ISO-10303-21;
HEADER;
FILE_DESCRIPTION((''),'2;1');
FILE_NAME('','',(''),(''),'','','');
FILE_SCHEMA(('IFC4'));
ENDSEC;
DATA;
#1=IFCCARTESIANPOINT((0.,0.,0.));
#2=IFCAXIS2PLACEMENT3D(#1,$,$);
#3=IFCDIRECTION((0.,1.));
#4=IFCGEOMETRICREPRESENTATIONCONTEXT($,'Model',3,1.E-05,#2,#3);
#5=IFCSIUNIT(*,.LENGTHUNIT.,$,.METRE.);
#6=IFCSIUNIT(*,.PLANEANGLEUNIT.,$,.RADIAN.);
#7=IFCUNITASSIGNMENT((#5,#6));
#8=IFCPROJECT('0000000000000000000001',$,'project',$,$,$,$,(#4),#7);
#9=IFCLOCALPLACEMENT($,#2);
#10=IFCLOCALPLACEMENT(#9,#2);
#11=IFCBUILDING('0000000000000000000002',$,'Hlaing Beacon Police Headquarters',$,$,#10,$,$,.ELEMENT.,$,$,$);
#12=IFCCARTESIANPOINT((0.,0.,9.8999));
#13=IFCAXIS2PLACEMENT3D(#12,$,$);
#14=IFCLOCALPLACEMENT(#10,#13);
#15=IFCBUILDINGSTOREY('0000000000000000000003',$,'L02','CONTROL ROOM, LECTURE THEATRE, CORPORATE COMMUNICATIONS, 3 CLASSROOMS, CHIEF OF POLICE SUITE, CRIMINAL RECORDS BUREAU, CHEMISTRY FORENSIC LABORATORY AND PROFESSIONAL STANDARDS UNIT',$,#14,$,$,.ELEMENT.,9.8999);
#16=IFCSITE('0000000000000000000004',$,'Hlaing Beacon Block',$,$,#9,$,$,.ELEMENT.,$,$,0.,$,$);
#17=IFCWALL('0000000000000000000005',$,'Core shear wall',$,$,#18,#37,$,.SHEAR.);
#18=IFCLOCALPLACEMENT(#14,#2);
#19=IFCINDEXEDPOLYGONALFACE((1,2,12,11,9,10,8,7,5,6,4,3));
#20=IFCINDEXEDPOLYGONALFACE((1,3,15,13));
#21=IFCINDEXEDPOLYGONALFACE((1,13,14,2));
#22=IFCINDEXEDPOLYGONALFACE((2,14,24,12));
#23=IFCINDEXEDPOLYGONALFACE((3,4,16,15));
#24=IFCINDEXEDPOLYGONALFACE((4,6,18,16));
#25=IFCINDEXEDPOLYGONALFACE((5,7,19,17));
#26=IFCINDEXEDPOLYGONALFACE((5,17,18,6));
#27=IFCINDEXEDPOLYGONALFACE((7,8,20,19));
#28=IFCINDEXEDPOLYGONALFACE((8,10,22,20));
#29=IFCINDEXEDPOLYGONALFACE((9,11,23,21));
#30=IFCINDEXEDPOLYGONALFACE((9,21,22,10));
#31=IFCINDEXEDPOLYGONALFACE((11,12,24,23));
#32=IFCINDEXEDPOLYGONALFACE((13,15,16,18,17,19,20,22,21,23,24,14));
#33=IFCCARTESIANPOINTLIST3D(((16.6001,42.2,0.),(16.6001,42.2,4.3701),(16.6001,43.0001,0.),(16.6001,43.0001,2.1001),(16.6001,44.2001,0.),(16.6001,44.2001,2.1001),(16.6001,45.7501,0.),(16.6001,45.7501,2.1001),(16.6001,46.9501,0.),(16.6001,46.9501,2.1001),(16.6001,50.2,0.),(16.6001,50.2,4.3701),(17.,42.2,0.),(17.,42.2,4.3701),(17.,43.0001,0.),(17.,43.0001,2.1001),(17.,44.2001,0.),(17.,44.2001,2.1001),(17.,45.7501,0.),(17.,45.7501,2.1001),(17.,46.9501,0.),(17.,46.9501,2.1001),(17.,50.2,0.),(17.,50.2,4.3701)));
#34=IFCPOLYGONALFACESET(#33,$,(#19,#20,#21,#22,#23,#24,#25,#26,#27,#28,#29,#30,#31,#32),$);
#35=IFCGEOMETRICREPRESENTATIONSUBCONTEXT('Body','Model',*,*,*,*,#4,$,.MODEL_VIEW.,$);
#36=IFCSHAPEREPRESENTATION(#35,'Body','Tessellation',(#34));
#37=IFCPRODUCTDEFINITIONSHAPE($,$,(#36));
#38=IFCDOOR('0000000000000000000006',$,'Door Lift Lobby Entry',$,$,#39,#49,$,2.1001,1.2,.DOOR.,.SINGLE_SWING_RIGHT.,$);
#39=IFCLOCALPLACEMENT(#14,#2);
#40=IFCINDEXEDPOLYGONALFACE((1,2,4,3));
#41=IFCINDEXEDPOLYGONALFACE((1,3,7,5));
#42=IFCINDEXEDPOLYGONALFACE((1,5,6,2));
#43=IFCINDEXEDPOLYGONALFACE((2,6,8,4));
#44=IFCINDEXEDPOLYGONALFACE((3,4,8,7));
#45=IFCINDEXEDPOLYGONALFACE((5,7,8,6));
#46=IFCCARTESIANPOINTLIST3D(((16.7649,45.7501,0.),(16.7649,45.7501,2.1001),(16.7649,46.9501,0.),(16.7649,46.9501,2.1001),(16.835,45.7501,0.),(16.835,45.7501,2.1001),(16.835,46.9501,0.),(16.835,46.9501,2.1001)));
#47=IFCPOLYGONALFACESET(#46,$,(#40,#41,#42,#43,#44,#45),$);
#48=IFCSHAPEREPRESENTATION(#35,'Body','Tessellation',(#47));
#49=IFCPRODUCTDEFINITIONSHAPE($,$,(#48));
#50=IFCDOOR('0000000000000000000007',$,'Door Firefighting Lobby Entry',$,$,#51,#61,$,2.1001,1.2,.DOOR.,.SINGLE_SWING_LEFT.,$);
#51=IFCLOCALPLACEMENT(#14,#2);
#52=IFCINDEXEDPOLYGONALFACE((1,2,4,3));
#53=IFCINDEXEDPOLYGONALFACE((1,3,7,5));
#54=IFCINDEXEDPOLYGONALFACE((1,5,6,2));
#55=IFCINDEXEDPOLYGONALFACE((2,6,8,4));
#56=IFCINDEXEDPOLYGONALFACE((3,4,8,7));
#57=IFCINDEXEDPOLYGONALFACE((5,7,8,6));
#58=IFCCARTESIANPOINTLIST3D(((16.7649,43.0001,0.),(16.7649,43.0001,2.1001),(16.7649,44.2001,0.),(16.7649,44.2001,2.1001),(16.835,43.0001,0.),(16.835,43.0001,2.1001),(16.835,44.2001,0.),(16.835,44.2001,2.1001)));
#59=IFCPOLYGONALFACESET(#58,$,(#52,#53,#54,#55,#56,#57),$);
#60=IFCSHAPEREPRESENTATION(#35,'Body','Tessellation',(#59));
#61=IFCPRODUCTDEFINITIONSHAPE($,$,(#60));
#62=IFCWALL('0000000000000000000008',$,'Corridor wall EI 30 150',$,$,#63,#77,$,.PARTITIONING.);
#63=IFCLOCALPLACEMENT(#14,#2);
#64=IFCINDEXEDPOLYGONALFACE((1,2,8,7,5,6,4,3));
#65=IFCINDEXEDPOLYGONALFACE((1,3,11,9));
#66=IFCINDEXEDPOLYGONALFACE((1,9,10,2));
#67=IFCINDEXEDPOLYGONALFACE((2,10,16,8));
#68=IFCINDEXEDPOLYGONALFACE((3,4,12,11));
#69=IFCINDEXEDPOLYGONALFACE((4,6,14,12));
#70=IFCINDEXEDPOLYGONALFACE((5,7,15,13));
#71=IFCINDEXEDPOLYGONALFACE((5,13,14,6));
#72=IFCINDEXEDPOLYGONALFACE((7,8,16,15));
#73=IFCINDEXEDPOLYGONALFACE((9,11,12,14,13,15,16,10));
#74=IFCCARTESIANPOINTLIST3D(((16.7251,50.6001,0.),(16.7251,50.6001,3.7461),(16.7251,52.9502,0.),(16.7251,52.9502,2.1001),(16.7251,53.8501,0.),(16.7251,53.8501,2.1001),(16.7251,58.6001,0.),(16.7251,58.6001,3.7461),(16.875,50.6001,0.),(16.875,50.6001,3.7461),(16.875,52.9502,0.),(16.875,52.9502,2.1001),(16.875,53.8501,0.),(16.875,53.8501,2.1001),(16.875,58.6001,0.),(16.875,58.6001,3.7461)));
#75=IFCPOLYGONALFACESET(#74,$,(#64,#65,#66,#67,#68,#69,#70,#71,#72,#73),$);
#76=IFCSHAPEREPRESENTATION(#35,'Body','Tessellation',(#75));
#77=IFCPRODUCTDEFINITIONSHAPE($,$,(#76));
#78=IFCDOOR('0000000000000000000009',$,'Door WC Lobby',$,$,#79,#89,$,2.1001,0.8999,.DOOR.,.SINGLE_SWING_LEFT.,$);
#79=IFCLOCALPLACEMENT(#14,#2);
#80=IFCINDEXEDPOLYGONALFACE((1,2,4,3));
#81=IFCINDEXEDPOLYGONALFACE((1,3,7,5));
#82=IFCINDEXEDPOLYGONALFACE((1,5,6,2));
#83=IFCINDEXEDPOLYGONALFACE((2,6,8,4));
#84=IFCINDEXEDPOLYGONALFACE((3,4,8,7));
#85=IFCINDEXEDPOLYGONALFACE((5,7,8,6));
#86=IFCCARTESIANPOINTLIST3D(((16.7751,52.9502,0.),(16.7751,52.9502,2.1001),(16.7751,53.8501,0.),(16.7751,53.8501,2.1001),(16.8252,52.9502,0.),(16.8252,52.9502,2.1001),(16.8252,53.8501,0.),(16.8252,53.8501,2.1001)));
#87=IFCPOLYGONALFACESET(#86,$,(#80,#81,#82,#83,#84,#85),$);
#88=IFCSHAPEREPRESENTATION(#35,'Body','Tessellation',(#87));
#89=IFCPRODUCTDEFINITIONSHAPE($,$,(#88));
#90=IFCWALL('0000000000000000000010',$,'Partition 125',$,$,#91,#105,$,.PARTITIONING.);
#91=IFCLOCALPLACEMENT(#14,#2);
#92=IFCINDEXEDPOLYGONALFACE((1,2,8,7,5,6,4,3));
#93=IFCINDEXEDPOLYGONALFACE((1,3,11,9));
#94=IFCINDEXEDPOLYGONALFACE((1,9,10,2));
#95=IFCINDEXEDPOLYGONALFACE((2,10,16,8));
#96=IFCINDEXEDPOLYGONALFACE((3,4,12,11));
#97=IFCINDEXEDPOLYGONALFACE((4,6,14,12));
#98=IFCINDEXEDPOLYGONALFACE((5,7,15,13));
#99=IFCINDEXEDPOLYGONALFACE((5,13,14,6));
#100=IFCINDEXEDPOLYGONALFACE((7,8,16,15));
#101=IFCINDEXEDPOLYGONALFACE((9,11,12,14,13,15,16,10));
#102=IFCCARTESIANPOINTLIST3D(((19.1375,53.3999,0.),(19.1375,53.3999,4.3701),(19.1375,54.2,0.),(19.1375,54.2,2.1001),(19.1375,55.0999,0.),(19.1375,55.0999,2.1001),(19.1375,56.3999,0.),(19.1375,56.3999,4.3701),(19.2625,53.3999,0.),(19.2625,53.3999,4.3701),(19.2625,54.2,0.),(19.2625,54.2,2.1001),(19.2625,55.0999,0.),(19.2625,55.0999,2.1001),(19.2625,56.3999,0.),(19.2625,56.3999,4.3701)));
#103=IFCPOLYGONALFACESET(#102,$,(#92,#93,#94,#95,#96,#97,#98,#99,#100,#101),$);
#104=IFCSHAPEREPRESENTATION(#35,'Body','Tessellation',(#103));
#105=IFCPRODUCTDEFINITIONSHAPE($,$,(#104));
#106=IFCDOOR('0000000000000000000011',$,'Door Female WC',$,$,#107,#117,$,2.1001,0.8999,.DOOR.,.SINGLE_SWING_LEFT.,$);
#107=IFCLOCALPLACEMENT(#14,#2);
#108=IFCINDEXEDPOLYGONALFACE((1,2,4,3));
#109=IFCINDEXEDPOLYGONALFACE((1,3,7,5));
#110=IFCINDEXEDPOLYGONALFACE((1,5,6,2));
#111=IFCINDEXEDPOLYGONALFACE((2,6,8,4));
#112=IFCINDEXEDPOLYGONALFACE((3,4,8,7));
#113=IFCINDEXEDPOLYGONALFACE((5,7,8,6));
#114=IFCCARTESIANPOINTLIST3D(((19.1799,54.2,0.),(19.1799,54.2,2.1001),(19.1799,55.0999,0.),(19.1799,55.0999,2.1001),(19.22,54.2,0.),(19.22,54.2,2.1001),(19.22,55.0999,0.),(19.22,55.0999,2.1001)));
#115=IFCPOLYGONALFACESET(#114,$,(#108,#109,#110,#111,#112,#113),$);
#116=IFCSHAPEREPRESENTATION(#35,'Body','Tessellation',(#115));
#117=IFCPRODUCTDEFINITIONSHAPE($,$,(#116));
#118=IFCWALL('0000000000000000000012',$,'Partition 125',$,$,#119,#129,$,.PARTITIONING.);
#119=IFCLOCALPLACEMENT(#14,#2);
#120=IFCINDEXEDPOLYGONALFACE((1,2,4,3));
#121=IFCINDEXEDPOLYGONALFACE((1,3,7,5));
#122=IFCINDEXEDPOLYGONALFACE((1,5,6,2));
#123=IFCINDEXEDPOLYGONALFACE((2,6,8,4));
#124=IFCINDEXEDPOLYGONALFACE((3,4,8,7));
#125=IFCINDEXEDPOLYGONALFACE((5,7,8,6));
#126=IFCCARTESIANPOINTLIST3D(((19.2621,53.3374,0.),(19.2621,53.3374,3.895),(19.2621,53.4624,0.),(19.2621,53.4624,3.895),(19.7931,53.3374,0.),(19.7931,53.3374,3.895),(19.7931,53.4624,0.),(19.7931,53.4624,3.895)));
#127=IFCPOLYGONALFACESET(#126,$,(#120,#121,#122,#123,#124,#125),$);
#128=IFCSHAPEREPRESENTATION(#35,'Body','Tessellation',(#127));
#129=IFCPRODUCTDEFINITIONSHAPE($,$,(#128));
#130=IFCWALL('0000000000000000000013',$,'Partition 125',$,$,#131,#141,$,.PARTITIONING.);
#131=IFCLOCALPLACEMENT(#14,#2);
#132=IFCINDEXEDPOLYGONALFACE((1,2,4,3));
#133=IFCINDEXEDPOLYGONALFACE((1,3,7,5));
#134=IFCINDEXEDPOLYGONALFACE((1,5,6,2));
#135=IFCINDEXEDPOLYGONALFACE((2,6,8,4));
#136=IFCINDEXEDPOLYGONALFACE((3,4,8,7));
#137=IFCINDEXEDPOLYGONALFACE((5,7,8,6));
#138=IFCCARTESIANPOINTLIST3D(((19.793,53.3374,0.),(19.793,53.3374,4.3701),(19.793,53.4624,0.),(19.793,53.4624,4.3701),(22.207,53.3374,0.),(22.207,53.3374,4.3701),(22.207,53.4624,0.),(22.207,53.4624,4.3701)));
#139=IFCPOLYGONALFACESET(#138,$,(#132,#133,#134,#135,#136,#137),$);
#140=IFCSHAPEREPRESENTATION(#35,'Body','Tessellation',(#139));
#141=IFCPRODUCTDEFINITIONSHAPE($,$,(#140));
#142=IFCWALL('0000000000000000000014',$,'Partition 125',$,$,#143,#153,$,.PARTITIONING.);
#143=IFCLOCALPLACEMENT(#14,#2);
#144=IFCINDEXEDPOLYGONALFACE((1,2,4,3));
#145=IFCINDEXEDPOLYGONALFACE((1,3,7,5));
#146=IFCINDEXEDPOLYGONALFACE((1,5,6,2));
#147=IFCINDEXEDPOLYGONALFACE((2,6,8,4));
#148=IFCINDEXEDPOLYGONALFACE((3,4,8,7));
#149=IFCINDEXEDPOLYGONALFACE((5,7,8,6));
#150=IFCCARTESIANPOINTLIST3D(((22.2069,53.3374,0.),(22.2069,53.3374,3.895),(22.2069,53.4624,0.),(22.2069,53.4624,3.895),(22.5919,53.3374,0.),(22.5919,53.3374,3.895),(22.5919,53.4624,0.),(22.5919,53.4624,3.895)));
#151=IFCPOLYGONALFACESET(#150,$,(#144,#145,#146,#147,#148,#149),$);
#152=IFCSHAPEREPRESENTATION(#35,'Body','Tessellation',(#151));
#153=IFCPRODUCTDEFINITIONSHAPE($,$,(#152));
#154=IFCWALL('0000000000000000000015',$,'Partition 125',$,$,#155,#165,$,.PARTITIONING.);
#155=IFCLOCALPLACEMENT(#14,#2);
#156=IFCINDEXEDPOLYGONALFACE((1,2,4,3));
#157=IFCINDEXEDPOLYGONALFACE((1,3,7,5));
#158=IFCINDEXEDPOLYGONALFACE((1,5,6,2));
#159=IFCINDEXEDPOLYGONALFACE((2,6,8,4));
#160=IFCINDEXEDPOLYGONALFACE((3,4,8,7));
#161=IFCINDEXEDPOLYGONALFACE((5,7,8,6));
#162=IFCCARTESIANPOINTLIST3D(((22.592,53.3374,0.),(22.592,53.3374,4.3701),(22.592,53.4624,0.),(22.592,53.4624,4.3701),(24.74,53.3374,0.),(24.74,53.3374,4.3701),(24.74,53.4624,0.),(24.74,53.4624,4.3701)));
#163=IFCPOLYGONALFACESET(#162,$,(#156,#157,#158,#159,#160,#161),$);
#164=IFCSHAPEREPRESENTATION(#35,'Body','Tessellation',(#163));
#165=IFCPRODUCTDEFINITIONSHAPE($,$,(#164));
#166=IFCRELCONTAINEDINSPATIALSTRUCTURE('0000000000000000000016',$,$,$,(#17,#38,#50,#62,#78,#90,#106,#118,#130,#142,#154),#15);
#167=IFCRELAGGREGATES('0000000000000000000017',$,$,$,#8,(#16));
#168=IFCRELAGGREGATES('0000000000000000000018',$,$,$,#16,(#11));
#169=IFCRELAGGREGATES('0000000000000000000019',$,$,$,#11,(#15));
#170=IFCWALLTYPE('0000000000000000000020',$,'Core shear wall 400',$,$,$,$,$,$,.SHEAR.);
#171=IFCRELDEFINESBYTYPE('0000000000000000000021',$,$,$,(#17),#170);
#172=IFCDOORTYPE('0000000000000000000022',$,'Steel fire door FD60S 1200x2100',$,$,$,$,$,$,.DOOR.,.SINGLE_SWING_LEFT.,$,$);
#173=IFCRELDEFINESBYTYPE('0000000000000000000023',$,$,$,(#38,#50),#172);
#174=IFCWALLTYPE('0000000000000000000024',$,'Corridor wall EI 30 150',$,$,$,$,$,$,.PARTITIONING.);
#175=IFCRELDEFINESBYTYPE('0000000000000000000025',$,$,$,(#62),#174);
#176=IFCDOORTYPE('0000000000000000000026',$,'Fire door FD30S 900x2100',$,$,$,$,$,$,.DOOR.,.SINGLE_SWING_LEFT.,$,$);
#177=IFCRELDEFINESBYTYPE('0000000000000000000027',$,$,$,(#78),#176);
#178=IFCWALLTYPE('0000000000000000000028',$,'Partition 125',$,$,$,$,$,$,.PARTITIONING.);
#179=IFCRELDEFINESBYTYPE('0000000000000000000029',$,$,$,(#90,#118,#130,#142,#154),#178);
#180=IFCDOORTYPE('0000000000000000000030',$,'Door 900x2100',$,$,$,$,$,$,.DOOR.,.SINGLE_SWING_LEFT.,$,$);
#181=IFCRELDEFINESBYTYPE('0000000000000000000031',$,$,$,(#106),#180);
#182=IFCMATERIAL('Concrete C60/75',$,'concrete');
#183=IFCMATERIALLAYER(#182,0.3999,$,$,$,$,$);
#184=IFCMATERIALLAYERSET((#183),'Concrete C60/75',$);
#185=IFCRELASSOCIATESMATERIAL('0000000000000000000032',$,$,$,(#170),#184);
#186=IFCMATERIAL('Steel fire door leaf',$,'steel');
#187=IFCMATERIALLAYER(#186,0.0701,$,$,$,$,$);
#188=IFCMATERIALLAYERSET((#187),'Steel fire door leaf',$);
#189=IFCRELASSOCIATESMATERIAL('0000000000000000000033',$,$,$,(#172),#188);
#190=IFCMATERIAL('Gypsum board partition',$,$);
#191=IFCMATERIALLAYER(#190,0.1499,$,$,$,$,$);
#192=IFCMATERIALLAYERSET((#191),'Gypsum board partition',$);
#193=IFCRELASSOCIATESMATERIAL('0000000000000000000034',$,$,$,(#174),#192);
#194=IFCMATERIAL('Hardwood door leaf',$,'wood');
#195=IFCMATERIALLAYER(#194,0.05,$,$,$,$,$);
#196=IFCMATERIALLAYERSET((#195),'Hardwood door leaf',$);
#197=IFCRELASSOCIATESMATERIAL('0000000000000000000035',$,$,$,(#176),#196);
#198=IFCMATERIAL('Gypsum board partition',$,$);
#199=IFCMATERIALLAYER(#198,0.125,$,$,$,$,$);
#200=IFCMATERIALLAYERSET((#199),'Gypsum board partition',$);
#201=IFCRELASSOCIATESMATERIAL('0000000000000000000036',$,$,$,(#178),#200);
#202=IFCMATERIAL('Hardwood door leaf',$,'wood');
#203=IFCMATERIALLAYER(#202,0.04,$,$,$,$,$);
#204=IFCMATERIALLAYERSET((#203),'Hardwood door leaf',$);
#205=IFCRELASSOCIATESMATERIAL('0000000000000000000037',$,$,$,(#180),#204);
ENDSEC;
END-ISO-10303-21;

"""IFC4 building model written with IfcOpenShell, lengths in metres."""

from ifc_helpers import new_model, si_unit, direction, frame, frame_2d, origin, place, context, subcontext, project, spatial, rectangle, extrude, material, layer, layer_set, type_object, element, fill, save


model = new_model("IFC4")

# Units and contexts
model_context = context("Model", 3, precision=1e-05, world=origin(), true_north=direction((0.0, 1.0)))
body_context = subcontext(model_context, "Body", "Model", "MODEL_VIEW")
ifc_project = project(units=[si_unit("LENGTHUNIT", "METRE"), si_unit("PLANEANGLEUNIT", "RADIAN")], contexts=[model_context])

# Site, building, storey
site_placement = place(None, origin())
site = spatial("IfcSite", under=ifc_project, at=site_placement, Name="Hlaing Beacon Block", CompositionType="ELEMENT", RefElevation=0.0)
building_placement = place(site_placement, origin())
building = spatial("IfcBuilding", under=site, at=building_placement, Name="Hlaing Beacon Police Headquarters", CompositionType="ELEMENT")
storey_placement = place(building_placement, frame((0.0, 0.0, 9.8999)))
storey = spatial("IfcBuildingStorey", under=building, at=storey_placement, Name="L02", Description="CONTROL ROOM, LECTURE THEATRE, CORPORATE COMMUNICATIONS, 3 CLASSROOMS, CHIEF OF POLICE SUITE, CRIMINAL RECORDS BUREAU, CHEMISTRY FORENSIC LABORATORY AND PROFESSIONAL STANDARDS UNIT", CompositionType="ELEMENT", Elevation=9.8999)

# Shared definitions
ifc_material_1 = material(Name="Concrete C60/75", Category="concrete")
ifc_layer_1 = layer(ifc_material_1, 0.3999)
ifc_layer_set_1 = layer_set([ifc_layer_1], Name="Concrete C60/75")
wall_type_1 = type_object("IfcWallType", Name="Core shear wall 400", PredefinedType="SHEAR", material=ifc_layer_set_1)

# Wall, openings, doors
wall_1_placement = place(storey_placement, frame((16.8, 42.2, 0.0), z_axis=(0.0, 0.0, 1.0), x_axis=(0.0, 1.0, 0.0)))
wall_1 = element("IfcWall", 1, at=wall_1_placement, inside=storey, type_object=wall_type_1, Name="Core shear wall", PredefinedType="SHEAR", context=body_context, shape_type="SweptSolid", body=[
    extrude(rectangle(XDim=8.0, YDim=0.3999, at=frame_2d((4.0, 0.0))), origin(), (0.0, 0.0, 1.0), 4.3701),
])
opening_1_placement = place(wall_1_placement, frame((3.55, 0.0, 0.0)))
opening_1 = element("IfcOpeningElement", 2, at=opening_1_placement, cuts=wall_1, PredefinedType="OPENING", context=body_context, shape_type="SweptSolid", body=[
    extrude(rectangle(XDim=1.2, YDim=2.1001, at=frame_2d((0.6001, 1.05))), frame((0.0, 0.21, 0.0), z_axis=(0.0, -1.0, 0.0), x_axis=(1.0, 0.0, 0.0)), (0.0, 0.0, 1.0), 0.4199),
])
opening_2_placement = place(wall_1_placement, frame((0.8, 0.0, 0.0)))
opening_2 = element("IfcOpeningElement", 3, at=opening_2_placement, cuts=wall_1, PredefinedType="OPENING", context=body_context, shape_type="SweptSolid", body=[
    extrude(rectangle(XDim=1.2, YDim=2.1001, at=frame_2d((0.6001, 1.05))), frame((0.0, 0.21, 0.0), z_axis=(0.0, -1.0, 0.0), x_axis=(1.0, 0.0, 0.0)), (0.0, 0.0, 1.0), 0.4199),
])
ifc_material_2 = material(Name="Steel fire door leaf", Category="steel")
ifc_layer_2 = layer(ifc_material_2, 0.0701)
ifc_layer_set_2 = layer_set([ifc_layer_2], Name="Steel fire door leaf")
door_type_1 = type_object("IfcDoorType", Name="Steel fire door FD60S 1200x2100", OperationType="SINGLE_SWING_LEFT", PredefinedType="DOOR", material=ifc_layer_set_2)
door_1_placement = place(opening_1_placement, frame((1.2, 0.0, 0.0), z_axis=(0.0, 0.0, 1.0), x_axis=(-1.0, 0.0, 0.0)))
door_1 = element("IfcDoor", 4, at=door_1_placement, inside=storey, type_object=door_type_1, Name="Door Lift Lobby Entry", OperationType="SINGLE_SWING_RIGHT", OverallHeight=2.1001, OverallWidth=1.2, PredefinedType="DOOR", context=body_context, shape_type="SweptSolid", body=[
    extrude(rectangle(XDim=1.2, YDim=2.1001, at=frame_2d((0.5999, 1.05))), frame((0.0, 0.0349, 0.0), z_axis=(0.0, -1.0, 0.0), x_axis=(1.0, 0.0, 0.0)), (0.0, 0.0, 1.0), 0.0701),
])
fill(opening_1, door_1)
door_2_placement = place(opening_2_placement, frame((1.2, 0.0, 0.0), z_axis=(0.0, 0.0, 1.0), x_axis=(-1.0, 0.0, 0.0)))
door_2 = element("IfcDoor", 5, at=door_2_placement, inside=storey, type_object=door_type_1, Name="Door Firefighting Lobby Entry", OperationType="SINGLE_SWING_LEFT", OverallHeight=2.1001, OverallWidth=1.2, PredefinedType="DOOR", context=body_context, shape_type="SweptSolid", body=[
    extrude(rectangle(XDim=1.2, YDim=2.1001, at=frame_2d((0.5999, 1.05))), frame((0.0, 0.0349, 0.0), z_axis=(0.0, -1.0, 0.0), x_axis=(1.0, 0.0, 0.0)), (0.0, 0.0, 1.0), 0.0701),
])
fill(opening_2, door_2)

# Walls, openings, doors
ifc_material_3 = material(Name="Gypsum board partition")
ifc_layer_3 = layer(ifc_material_3, 0.1499)
ifc_layer_set_3 = layer_set([ifc_layer_3], Name="Gypsum board partition")
wall_type_2 = type_object("IfcWallType", Name="Corridor wall EI 30 150", PredefinedType="PARTITIONING", material=ifc_layer_set_3)
wall_2_placement = place(storey_placement, frame((16.8, 50.6001, 0.0), z_axis=(0.0, 0.0, 1.0), x_axis=(0.0, 1.0, 0.0)))
wall_2 = element("IfcWall", 6, at=wall_2_placement, inside=storey, type_object=wall_type_2, Name="Corridor wall EI 30 150", PredefinedType="PARTITIONING", context=body_context, shape_type="SweptSolid", body=[
    extrude(rectangle(XDim=8.0, YDim=0.1499, at=frame_2d((4.0, 0.0))), origin(), (0.0, 0.0, 1.0), 3.7461),
])
opening_3_placement = place(wall_2_placement, frame((2.3501, 0.0, 0.0)))
opening_3 = element("IfcOpeningElement", 7, at=opening_3_placement, cuts=wall_2, PredefinedType="OPENING", context=body_context, shape_type="SweptSolid", body=[
    extrude(rectangle(XDim=0.8999, YDim=2.1001, at=frame_2d((0.45, 1.05))), frame((0.0, 0.085, 0.0), z_axis=(0.0, -1.0, 0.0), x_axis=(1.0, 0.0, 0.0)), (0.0, 0.0, 1.0), 0.1699),
])
ifc_material_4 = material(Name="Hardwood door leaf", Category="wood")
ifc_layer_4 = layer(ifc_material_4, 0.05)
ifc_layer_set_4 = layer_set([ifc_layer_4], Name="Hardwood door leaf")
door_type_2 = type_object("IfcDoorType", Name="Fire door FD30S 900x2100", OperationType="SINGLE_SWING_LEFT", PredefinedType="DOOR", material=ifc_layer_set_4)
door_3_placement = place(opening_3_placement, frame((0.8999, 0.0, 0.0), z_axis=(0.0, 0.0, 1.0), x_axis=(-1.0, 0.0, 0.0)))
door_3 = element("IfcDoor", 8, at=door_3_placement, inside=storey, type_object=door_type_2, Name="Door WC Lobby", OperationType="SINGLE_SWING_LEFT", OverallHeight=2.1001, OverallWidth=0.8999, PredefinedType="DOOR", context=body_context, shape_type="SweptSolid", body=[
    extrude(rectangle(XDim=0.8999, YDim=2.1001, at=frame_2d((0.45, 1.05))), frame((0.0, 0.0251, 0.0), z_axis=(0.0, -1.0, 0.0), x_axis=(1.0, 0.0, 0.0)), (0.0, 0.0, 1.0), 0.05),
])
fill(opening_3, door_3)
ifc_material_5 = material(Name="Gypsum board partition")
ifc_layer_5 = layer(ifc_material_5, 0.125)
ifc_layer_set_5 = layer_set([ifc_layer_5], Name="Gypsum board partition")
wall_type_3 = type_object("IfcWallType", Name="Partition 125", PredefinedType="PARTITIONING", material=ifc_layer_set_5)
wall_3_placement = place(storey_placement, frame((19.2, 53.3999, 0.0), z_axis=(0.0, 0.0, 1.0), x_axis=(0.0, 1.0, 0.0)))
wall_3 = element("IfcWall", 9, at=wall_3_placement, inside=storey, type_object=wall_type_3, Name="Partition 125", PredefinedType="PARTITIONING", context=body_context, shape_type="SweptSolid", body=[
    extrude(rectangle(XDim=3.0, YDim=0.125, at=frame_2d((1.5, 0.0))), origin(), (0.0, 0.0, 1.0), 4.3701),
])
opening_4_placement = place(wall_3_placement, frame((0.8, 0.0, 0.0)))
opening_4 = element("IfcOpeningElement", 10, at=opening_4_placement, cuts=wall_3, PredefinedType="OPENING", context=body_context, shape_type="SweptSolid", body=[
    extrude(rectangle(XDim=0.8999, YDim=2.1001, at=frame_2d((0.45, 1.05))), frame((0.0, 0.0725, 0.0), z_axis=(0.0, -1.0, 0.0), x_axis=(1.0, 0.0, 0.0)), (0.0, 0.0, 1.0), 0.145),
])
ifc_material_6 = material(Name="Hardwood door leaf", Category="wood")
ifc_layer_6 = layer(ifc_material_6, 0.04)
ifc_layer_set_6 = layer_set([ifc_layer_6], Name="Hardwood door leaf")
door_type_3 = type_object("IfcDoorType", Name="Door 900x2100", OperationType="SINGLE_SWING_LEFT", PredefinedType="DOOR", material=ifc_layer_set_6)
door_4_placement = place(opening_4_placement, frame((0.8999, 0.0, 0.0), z_axis=(0.0, 0.0, 1.0), x_axis=(-1.0, 0.0, 0.0)))
door_4 = element("IfcDoor", 11, at=door_4_placement, inside=storey, type_object=door_type_3, Name="Door Female WC", OperationType="SINGLE_SWING_LEFT", OverallHeight=2.1001, OverallWidth=0.8999, PredefinedType="DOOR", context=body_context, shape_type="SweptSolid", body=[
    extrude(rectangle(XDim=0.8999, YDim=2.1001, at=frame_2d((0.45, 1.05))), frame((0.0, 0.02, 0.0), z_axis=(0.0, -1.0, 0.0), x_axis=(1.0, 0.0, 0.0)), (0.0, 0.0, 1.0), 0.04),
])
fill(opening_4, door_4)

# Walls
wall_4_placement = place(storey_placement, frame((19.262, 53.3999, 0.0), z_axis=(0.0, 0.0, 1.0), x_axis=(1.0, 0.0, 0.0)))
element("IfcWall", 12, at=wall_4_placement, inside=storey, type_object=wall_type_3, Name="Partition 125", PredefinedType="PARTITIONING", context=body_context, shape_type="SweptSolid", body=[
    extrude(rectangle(XDim=0.531, YDim=0.125, at=frame_2d((0.2656, 0.0))), origin(), (0.0, 0.0, 1.0), 3.895),
])
wall_5_placement = place(storey_placement, frame((19.793, 53.3999, 0.0), z_axis=(0.0, 0.0, 1.0), x_axis=(1.0, 0.0, 0.0)))
element("IfcWall", 13, at=wall_5_placement, inside=storey, type_object=wall_type_3, Name="Partition 125", PredefinedType="PARTITIONING", context=body_context, shape_type="SweptSolid", body=[
    extrude(rectangle(XDim=2.4141, YDim=0.125, at=frame_2d((1.207, 0.0))), origin(), (0.0, 0.0, 1.0), 4.3701),
])
wall_6_placement = place(storey_placement, frame((22.207, 53.3999, 0.0), z_axis=(0.0, 0.0, 1.0), x_axis=(1.0, 0.0, 0.0)))
element("IfcWall", 14, at=wall_6_placement, inside=storey, type_object=wall_type_3, Name="Partition 125", PredefinedType="PARTITIONING", context=body_context, shape_type="SweptSolid", body=[
    extrude(rectangle(XDim=0.385, YDim=0.125, at=frame_2d((0.1924, 0.0))), origin(), (0.0, 0.0, 1.0), 3.895),
])
wall_7_placement = place(storey_placement, frame((22.592, 53.3999, 0.0), z_axis=(0.0, 0.0, 1.0), x_axis=(1.0, 0.0, 0.0)))
element("IfcWall", 15, at=wall_7_placement, inside=storey, type_object=wall_type_3, Name="Partition 125", PredefinedType="PARTITIONING", context=body_context, shape_type="SweptSolid", body=[
    extrude(rectangle(XDim=2.1479, YDim=0.125, at=frame_2d((1.074, 0.0))), origin(), (0.0, 0.0, 1.0), 4.3701),
])

save(model, "model.ifc")
